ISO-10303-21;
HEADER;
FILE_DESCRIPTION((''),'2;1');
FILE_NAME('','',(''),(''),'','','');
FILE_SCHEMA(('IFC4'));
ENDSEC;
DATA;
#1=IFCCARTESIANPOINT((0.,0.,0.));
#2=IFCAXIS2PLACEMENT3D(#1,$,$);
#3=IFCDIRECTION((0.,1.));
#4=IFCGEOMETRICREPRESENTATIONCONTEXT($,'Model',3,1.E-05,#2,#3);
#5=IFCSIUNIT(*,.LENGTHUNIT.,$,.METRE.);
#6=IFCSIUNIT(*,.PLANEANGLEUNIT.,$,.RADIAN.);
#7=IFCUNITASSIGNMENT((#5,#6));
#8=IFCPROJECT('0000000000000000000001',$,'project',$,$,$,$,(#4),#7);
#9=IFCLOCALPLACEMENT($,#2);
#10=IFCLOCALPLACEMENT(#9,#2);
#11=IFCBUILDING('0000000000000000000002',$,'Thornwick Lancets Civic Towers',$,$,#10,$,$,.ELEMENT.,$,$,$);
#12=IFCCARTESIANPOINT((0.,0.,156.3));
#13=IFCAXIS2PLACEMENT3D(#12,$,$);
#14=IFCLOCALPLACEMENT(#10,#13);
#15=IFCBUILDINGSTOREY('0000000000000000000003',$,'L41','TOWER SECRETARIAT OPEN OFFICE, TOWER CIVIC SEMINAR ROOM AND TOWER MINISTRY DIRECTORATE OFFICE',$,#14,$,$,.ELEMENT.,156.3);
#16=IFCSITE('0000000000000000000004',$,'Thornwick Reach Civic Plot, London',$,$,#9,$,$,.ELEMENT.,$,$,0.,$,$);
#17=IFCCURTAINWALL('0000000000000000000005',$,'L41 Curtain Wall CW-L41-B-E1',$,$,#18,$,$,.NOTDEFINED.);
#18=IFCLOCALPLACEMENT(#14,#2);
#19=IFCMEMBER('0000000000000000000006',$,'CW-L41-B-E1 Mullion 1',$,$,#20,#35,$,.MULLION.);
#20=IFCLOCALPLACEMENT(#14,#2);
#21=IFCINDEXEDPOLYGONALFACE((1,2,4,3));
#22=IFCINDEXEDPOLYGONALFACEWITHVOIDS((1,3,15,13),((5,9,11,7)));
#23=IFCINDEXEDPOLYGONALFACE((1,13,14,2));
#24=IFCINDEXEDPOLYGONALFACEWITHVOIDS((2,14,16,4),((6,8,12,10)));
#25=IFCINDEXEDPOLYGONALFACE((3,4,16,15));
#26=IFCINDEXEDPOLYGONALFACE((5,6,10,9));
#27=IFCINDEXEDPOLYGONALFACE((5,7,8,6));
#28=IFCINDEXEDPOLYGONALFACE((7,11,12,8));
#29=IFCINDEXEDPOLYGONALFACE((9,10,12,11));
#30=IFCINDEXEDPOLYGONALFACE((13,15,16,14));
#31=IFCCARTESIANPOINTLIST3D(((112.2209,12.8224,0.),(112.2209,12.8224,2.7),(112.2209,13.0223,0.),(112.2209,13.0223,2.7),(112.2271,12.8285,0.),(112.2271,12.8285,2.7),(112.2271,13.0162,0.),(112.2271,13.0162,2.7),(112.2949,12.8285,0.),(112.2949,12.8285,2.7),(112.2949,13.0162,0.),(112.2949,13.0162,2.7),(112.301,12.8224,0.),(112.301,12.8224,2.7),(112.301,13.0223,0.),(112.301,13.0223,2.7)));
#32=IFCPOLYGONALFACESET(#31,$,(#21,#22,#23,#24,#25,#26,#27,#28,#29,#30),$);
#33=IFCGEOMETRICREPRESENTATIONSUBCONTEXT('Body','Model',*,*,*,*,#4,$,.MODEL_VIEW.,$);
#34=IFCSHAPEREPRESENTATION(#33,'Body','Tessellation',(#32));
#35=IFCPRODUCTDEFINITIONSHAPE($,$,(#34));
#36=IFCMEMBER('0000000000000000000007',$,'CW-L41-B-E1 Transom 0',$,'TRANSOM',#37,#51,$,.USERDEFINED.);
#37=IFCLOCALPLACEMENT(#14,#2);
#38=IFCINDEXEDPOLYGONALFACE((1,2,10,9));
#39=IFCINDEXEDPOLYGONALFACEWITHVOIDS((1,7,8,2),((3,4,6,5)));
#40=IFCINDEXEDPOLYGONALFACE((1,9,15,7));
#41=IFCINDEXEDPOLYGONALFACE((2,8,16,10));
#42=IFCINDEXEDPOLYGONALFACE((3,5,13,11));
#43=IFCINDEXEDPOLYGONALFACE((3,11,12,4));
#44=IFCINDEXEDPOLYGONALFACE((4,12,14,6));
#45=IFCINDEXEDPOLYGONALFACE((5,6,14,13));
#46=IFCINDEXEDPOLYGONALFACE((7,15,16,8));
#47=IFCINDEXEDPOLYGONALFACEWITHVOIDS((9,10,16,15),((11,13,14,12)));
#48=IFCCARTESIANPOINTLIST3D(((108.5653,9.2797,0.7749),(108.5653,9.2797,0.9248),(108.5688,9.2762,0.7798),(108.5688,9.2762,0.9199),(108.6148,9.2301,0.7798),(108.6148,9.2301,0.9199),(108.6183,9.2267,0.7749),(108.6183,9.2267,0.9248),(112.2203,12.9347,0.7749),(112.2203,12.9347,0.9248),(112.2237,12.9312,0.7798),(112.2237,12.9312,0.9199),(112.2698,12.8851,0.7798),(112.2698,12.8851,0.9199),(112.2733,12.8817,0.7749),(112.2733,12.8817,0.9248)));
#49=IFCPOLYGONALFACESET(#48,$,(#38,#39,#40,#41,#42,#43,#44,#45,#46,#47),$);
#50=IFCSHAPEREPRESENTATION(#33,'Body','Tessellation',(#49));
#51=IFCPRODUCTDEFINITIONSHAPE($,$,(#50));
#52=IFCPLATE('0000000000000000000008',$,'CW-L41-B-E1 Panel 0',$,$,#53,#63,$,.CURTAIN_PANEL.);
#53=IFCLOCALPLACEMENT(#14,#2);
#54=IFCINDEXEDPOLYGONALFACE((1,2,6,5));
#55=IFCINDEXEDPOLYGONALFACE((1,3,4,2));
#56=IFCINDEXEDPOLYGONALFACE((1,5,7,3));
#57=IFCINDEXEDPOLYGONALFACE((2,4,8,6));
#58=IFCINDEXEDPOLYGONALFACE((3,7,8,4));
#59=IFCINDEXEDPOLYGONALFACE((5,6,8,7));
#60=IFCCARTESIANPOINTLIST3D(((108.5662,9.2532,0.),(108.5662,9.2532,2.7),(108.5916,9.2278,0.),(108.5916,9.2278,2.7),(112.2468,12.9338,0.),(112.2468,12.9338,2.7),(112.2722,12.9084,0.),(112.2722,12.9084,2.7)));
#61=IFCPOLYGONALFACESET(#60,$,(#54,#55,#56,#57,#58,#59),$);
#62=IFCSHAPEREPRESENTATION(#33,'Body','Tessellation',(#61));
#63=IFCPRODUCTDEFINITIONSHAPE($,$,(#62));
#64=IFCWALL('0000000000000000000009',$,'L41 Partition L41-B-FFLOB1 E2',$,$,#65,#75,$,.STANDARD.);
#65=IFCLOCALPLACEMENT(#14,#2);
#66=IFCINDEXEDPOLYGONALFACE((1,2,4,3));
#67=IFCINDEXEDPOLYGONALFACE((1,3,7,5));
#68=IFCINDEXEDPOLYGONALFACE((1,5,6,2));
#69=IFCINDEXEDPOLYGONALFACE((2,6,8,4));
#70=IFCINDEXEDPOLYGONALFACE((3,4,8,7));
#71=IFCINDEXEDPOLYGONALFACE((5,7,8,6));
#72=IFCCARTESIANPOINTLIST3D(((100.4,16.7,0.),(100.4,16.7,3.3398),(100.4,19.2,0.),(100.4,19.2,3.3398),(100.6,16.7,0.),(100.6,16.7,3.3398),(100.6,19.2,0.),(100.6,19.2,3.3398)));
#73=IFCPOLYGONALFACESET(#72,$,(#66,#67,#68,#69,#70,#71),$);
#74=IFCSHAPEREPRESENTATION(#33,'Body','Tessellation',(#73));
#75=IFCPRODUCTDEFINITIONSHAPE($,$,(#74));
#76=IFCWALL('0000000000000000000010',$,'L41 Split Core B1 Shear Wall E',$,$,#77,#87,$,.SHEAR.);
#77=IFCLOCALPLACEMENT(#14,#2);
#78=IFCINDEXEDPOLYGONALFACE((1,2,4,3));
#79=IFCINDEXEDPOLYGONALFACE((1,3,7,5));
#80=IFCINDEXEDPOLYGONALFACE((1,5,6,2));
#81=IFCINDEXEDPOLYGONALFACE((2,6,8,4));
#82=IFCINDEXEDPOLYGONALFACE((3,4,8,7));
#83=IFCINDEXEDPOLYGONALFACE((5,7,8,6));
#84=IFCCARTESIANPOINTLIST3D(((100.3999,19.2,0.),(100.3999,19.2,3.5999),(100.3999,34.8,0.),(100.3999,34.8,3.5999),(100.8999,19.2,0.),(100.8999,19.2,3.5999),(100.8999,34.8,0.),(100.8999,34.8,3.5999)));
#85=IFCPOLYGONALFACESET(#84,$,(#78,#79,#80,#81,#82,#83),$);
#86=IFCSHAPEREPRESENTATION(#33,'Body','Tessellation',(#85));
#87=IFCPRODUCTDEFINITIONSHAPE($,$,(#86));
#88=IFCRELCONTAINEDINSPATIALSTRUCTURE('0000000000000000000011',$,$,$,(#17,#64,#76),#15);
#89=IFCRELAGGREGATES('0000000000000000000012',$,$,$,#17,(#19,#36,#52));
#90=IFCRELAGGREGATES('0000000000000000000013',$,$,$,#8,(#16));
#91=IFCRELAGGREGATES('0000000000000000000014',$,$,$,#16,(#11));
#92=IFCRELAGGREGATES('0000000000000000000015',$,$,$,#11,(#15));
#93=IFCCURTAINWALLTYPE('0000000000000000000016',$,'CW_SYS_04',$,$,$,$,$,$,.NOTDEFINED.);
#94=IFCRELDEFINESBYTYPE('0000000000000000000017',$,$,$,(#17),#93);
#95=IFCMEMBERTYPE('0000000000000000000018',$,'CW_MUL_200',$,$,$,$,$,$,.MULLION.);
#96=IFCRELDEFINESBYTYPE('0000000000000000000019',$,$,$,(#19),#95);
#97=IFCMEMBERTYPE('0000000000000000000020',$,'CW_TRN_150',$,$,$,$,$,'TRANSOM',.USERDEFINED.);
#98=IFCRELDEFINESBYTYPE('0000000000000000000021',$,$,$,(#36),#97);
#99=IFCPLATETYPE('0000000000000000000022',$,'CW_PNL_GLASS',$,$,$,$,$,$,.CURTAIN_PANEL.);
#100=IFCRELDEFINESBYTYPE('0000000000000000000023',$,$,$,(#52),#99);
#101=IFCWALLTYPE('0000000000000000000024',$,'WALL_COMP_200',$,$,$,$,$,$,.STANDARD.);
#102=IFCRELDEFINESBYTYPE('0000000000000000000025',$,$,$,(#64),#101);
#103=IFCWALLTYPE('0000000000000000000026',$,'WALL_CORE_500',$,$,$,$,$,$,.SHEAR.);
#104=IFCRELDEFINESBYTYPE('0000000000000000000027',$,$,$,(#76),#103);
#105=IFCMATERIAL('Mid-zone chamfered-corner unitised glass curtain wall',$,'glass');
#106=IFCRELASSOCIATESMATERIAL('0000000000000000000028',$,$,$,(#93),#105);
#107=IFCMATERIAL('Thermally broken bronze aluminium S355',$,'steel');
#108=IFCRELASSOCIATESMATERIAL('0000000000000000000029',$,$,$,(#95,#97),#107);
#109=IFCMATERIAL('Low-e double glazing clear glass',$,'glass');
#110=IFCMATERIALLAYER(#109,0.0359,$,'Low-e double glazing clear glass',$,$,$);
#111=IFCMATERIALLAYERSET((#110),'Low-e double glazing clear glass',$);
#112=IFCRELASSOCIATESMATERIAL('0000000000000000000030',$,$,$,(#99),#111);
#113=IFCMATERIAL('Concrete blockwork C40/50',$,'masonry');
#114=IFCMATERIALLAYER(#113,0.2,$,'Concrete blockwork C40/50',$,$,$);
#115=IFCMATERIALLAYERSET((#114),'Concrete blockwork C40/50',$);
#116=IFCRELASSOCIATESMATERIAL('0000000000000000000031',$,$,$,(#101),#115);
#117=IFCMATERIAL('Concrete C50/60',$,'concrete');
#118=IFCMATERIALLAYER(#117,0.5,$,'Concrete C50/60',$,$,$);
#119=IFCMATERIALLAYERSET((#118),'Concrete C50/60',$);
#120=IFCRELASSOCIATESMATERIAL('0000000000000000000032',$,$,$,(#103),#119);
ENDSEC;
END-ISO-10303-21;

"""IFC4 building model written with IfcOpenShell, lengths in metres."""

from ifc_helpers import new_model, si_unit, direction, frame, frame_2d, origin, origin_2d, place, context, subcontext, project, spatial, rectangle, hollow_rectangle, extrude, material, layer, layer_set, material_profile, profile_set, type_object, element, aggregate, save


model = new_model("IFC4")

# Units and contexts
model_context = context("Model", 3, precision=1e-05, world=origin(), true_north=direction((0.0, 1.0)))
body_context = subcontext(model_context, "Body", "Model", "MODEL_VIEW")
ifc_project = project(units=[si_unit("LENGTHUNIT", "METRE"), si_unit("PLANEANGLEUNIT", "RADIAN")], contexts=[model_context])

# Site, building, storey
site_placement = place(None, origin())
site = spatial("IfcSite", under=ifc_project, at=site_placement, Name="Thornwick Reach Civic Plot, London", CompositionType="ELEMENT", RefElevation=0.0)
building_placement = place(site_placement, origin())
building = spatial("IfcBuilding", under=site, at=building_placement, Name="Thornwick Lancets Civic Towers", CompositionType="ELEMENT")
storey_placement = place(building_placement, frame((0.0, 0.0, 156.3)))
storey = spatial("IfcBuildingStorey", under=building, at=storey_placement, Name="L41", Description="TOWER SECRETARIAT OPEN OFFICE, TOWER CIVIC SEMINAR ROOM AND TOWER MINISTRY DIRECTORATE OFFICE", CompositionType="ELEMENT", Elevation=156.3)

# Shared definitions
ifc_material_1 = material(Name="Concrete C50/60", Category="concrete")

# Curtain wall, members, plate
ifc_material_2 = material(Name="Mid-zone chamfered-corner unitised glass curtain wall", Category="glass")
curtain_wall_type = type_object("IfcCurtainWallType", Name="CW_SYS_04", PredefinedType="NOTDEFINED", material=ifc_material_2)
curtain_wall_placement = place(storey_placement, origin())
curtain_wall = element("IfcCurtainWall", 1, at=curtain_wall_placement, inside=storey, type_object=curtain_wall_type, Name="L41 Curtain Wall CW-L41-B-E1", PredefinedType="NOTDEFINED")
ifc_material_3 = material(Name="Thermally broken bronze aluminium S355", Category="steel")
ifc_material_profile_1 = material_profile(ifc_material_3, hollow_rectangle(XDim=0.0801, YDim=0.2, WallThickness=0.0061, at=origin_2d()), Name="RHS 200x80x6")
ifc_profile_set_1 = profile_set([ifc_material_profile_1], Name="Thermally broken bronze aluminium S355")
member_type_1 = type_object("IfcMemberType", Name="CW_MUL_200", PredefinedType="MULLION", material=ifc_profile_set_1)
member_1_placement = place(storey_placement, frame((112.261, 12.9224, 0.0), z_axis=(0.0, 0.0, 1.0), x_axis=(1.0, 0.0, 0.0)))
member_1 = element("IfcMember", 2, at=member_1_placement, type_object=member_type_1, Name="CW-L41-B-E1 Mullion 1", PredefinedType="MULLION", context=body_context, shape_type="SweptSolid", body=[
    extrude(hollow_rectangle(XDim=0.0801, YDim=0.2, WallThickness=0.0061, at=origin_2d()), origin(), (0.0, 0.0, 1.0), 2.7),
])
ifc_material_profile_2 = material_profile(ifc_material_3, hollow_rectangle(XDim=0.075, YDim=0.1499, WallThickness=0.0049, at=origin_2d()), Name="RHS 150x75x5")
ifc_profile_set_2 = profile_set([ifc_material_profile_2], Name="Thermally broken bronze aluminium S355")
member_type_2 = type_object("IfcMemberType", Name="CW_TRN_150", ElementType="TRANSOM", PredefinedType="USERDEFINED", material=ifc_profile_set_2)
member_2_placement = place(storey_placement, frame((108.5918, 9.2532, 0.8499), z_axis=(0.707107, 0.707107, 0.0), x_axis=(-0.707107, 0.707107, 0.0)))
member_2 = element("IfcMember", 3, at=member_2_placement, type_object=member_type_2, Name="CW-L41-B-E1 Transom 0", ObjectType="TRANSOM", PredefinedType="USERDEFINED", context=body_context, shape_type="SweptSolid", body=[
    extrude(hollow_rectangle(XDim=0.075, YDim=0.1499, WallThickness=0.0049, at=origin_2d()), origin(), (0.0, 0.0, 1.0), 5.1689),
])
ifc_material_4 = material(Name="Low-e double glazing clear glass", Category="glass")
ifc_layer_1 = layer(ifc_material_4, 0.0359, Name="Low-e double glazing clear glass")
ifc_layer_set_1 = layer_set([ifc_layer_1], Name="Low-e double glazing clear glass")
plate_type = type_object("IfcPlateType", Name="CW_PNL_GLASS", PredefinedType="CURTAIN_PANEL", material=ifc_layer_set_1)
plate_placement = place(storey_placement, frame((110.4192, 11.0808, 0.0), z_axis=(0.0, 0.0, 1.0), x_axis=(0.707107, 0.707107, 0.0)))
plate = element("IfcPlate", 4, at=plate_placement, type_object=plate_type, Name="CW-L41-B-E1 Panel 0", PredefinedType="CURTAIN_PANEL", context=body_context, shape_type="SweptSolid", body=[
    extrude(rectangle(XDim=5.2051, YDim=0.0359, at=origin_2d()), origin(), (0.0, 0.0, 1.0), 2.7),
])
aggregate(curtain_wall, [member_1, member_2, plate])

# Walls
ifc_material_5 = material(Name="Concrete blockwork C40/50", Category="masonry")
ifc_layer_2 = layer(ifc_material_5, 0.2, Name="Concrete blockwork C40/50")
ifc_layer_set_2 = layer_set([ifc_layer_2], Name="Concrete blockwork C40/50")
wall_type_1 = type_object("IfcWallType", Name="WALL_COMP_200", PredefinedType="STANDARD", material=ifc_layer_set_2)
wall_1_placement = place(storey_placement, frame((100.5, 16.7, 0.0), z_axis=(0.0, 0.0, 1.0), x_axis=(0.0, 1.0, 0.0)))
element("IfcWall", 5, at=wall_1_placement, inside=storey, type_object=wall_type_1, Name="L41 Partition L41-B-FFLOB1 E2", PredefinedType="STANDARD", context=body_context, shape_type="SweptSolid", body=[
    extrude(rectangle(XDim=2.5, YDim=0.2, at=frame_2d((1.25, 0.0))), origin(), (0.0, 0.0, 1.0), 3.3398),
])
ifc_layer_3 = layer(ifc_material_1, 0.5, Name="Concrete C50/60")
ifc_layer_set_3 = layer_set([ifc_layer_3], Name="Concrete C50/60")
wall_type_2 = type_object("IfcWallType", Name="WALL_CORE_500", PredefinedType="SHEAR", material=ifc_layer_set_3)
wall_2_placement = place(storey_placement, frame((100.6499, 19.2, 0.0), z_axis=(0.0, 0.0, 1.0), x_axis=(0.0, 1.0, 0.0)))
element("IfcWall", 6, at=wall_2_placement, inside=storey, type_object=wall_type_2, Name="L41 Split Core B1 Shear Wall E", PredefinedType="SHEAR", context=body_context, shape_type="SweptSolid", body=[
    extrude(rectangle(XDim=15.6001, YDim=0.5, at=frame_2d((7.8, 0.0))), origin(), (0.0, 0.0, 1.0), 3.5999),
])

save(model, "model.ifc")
